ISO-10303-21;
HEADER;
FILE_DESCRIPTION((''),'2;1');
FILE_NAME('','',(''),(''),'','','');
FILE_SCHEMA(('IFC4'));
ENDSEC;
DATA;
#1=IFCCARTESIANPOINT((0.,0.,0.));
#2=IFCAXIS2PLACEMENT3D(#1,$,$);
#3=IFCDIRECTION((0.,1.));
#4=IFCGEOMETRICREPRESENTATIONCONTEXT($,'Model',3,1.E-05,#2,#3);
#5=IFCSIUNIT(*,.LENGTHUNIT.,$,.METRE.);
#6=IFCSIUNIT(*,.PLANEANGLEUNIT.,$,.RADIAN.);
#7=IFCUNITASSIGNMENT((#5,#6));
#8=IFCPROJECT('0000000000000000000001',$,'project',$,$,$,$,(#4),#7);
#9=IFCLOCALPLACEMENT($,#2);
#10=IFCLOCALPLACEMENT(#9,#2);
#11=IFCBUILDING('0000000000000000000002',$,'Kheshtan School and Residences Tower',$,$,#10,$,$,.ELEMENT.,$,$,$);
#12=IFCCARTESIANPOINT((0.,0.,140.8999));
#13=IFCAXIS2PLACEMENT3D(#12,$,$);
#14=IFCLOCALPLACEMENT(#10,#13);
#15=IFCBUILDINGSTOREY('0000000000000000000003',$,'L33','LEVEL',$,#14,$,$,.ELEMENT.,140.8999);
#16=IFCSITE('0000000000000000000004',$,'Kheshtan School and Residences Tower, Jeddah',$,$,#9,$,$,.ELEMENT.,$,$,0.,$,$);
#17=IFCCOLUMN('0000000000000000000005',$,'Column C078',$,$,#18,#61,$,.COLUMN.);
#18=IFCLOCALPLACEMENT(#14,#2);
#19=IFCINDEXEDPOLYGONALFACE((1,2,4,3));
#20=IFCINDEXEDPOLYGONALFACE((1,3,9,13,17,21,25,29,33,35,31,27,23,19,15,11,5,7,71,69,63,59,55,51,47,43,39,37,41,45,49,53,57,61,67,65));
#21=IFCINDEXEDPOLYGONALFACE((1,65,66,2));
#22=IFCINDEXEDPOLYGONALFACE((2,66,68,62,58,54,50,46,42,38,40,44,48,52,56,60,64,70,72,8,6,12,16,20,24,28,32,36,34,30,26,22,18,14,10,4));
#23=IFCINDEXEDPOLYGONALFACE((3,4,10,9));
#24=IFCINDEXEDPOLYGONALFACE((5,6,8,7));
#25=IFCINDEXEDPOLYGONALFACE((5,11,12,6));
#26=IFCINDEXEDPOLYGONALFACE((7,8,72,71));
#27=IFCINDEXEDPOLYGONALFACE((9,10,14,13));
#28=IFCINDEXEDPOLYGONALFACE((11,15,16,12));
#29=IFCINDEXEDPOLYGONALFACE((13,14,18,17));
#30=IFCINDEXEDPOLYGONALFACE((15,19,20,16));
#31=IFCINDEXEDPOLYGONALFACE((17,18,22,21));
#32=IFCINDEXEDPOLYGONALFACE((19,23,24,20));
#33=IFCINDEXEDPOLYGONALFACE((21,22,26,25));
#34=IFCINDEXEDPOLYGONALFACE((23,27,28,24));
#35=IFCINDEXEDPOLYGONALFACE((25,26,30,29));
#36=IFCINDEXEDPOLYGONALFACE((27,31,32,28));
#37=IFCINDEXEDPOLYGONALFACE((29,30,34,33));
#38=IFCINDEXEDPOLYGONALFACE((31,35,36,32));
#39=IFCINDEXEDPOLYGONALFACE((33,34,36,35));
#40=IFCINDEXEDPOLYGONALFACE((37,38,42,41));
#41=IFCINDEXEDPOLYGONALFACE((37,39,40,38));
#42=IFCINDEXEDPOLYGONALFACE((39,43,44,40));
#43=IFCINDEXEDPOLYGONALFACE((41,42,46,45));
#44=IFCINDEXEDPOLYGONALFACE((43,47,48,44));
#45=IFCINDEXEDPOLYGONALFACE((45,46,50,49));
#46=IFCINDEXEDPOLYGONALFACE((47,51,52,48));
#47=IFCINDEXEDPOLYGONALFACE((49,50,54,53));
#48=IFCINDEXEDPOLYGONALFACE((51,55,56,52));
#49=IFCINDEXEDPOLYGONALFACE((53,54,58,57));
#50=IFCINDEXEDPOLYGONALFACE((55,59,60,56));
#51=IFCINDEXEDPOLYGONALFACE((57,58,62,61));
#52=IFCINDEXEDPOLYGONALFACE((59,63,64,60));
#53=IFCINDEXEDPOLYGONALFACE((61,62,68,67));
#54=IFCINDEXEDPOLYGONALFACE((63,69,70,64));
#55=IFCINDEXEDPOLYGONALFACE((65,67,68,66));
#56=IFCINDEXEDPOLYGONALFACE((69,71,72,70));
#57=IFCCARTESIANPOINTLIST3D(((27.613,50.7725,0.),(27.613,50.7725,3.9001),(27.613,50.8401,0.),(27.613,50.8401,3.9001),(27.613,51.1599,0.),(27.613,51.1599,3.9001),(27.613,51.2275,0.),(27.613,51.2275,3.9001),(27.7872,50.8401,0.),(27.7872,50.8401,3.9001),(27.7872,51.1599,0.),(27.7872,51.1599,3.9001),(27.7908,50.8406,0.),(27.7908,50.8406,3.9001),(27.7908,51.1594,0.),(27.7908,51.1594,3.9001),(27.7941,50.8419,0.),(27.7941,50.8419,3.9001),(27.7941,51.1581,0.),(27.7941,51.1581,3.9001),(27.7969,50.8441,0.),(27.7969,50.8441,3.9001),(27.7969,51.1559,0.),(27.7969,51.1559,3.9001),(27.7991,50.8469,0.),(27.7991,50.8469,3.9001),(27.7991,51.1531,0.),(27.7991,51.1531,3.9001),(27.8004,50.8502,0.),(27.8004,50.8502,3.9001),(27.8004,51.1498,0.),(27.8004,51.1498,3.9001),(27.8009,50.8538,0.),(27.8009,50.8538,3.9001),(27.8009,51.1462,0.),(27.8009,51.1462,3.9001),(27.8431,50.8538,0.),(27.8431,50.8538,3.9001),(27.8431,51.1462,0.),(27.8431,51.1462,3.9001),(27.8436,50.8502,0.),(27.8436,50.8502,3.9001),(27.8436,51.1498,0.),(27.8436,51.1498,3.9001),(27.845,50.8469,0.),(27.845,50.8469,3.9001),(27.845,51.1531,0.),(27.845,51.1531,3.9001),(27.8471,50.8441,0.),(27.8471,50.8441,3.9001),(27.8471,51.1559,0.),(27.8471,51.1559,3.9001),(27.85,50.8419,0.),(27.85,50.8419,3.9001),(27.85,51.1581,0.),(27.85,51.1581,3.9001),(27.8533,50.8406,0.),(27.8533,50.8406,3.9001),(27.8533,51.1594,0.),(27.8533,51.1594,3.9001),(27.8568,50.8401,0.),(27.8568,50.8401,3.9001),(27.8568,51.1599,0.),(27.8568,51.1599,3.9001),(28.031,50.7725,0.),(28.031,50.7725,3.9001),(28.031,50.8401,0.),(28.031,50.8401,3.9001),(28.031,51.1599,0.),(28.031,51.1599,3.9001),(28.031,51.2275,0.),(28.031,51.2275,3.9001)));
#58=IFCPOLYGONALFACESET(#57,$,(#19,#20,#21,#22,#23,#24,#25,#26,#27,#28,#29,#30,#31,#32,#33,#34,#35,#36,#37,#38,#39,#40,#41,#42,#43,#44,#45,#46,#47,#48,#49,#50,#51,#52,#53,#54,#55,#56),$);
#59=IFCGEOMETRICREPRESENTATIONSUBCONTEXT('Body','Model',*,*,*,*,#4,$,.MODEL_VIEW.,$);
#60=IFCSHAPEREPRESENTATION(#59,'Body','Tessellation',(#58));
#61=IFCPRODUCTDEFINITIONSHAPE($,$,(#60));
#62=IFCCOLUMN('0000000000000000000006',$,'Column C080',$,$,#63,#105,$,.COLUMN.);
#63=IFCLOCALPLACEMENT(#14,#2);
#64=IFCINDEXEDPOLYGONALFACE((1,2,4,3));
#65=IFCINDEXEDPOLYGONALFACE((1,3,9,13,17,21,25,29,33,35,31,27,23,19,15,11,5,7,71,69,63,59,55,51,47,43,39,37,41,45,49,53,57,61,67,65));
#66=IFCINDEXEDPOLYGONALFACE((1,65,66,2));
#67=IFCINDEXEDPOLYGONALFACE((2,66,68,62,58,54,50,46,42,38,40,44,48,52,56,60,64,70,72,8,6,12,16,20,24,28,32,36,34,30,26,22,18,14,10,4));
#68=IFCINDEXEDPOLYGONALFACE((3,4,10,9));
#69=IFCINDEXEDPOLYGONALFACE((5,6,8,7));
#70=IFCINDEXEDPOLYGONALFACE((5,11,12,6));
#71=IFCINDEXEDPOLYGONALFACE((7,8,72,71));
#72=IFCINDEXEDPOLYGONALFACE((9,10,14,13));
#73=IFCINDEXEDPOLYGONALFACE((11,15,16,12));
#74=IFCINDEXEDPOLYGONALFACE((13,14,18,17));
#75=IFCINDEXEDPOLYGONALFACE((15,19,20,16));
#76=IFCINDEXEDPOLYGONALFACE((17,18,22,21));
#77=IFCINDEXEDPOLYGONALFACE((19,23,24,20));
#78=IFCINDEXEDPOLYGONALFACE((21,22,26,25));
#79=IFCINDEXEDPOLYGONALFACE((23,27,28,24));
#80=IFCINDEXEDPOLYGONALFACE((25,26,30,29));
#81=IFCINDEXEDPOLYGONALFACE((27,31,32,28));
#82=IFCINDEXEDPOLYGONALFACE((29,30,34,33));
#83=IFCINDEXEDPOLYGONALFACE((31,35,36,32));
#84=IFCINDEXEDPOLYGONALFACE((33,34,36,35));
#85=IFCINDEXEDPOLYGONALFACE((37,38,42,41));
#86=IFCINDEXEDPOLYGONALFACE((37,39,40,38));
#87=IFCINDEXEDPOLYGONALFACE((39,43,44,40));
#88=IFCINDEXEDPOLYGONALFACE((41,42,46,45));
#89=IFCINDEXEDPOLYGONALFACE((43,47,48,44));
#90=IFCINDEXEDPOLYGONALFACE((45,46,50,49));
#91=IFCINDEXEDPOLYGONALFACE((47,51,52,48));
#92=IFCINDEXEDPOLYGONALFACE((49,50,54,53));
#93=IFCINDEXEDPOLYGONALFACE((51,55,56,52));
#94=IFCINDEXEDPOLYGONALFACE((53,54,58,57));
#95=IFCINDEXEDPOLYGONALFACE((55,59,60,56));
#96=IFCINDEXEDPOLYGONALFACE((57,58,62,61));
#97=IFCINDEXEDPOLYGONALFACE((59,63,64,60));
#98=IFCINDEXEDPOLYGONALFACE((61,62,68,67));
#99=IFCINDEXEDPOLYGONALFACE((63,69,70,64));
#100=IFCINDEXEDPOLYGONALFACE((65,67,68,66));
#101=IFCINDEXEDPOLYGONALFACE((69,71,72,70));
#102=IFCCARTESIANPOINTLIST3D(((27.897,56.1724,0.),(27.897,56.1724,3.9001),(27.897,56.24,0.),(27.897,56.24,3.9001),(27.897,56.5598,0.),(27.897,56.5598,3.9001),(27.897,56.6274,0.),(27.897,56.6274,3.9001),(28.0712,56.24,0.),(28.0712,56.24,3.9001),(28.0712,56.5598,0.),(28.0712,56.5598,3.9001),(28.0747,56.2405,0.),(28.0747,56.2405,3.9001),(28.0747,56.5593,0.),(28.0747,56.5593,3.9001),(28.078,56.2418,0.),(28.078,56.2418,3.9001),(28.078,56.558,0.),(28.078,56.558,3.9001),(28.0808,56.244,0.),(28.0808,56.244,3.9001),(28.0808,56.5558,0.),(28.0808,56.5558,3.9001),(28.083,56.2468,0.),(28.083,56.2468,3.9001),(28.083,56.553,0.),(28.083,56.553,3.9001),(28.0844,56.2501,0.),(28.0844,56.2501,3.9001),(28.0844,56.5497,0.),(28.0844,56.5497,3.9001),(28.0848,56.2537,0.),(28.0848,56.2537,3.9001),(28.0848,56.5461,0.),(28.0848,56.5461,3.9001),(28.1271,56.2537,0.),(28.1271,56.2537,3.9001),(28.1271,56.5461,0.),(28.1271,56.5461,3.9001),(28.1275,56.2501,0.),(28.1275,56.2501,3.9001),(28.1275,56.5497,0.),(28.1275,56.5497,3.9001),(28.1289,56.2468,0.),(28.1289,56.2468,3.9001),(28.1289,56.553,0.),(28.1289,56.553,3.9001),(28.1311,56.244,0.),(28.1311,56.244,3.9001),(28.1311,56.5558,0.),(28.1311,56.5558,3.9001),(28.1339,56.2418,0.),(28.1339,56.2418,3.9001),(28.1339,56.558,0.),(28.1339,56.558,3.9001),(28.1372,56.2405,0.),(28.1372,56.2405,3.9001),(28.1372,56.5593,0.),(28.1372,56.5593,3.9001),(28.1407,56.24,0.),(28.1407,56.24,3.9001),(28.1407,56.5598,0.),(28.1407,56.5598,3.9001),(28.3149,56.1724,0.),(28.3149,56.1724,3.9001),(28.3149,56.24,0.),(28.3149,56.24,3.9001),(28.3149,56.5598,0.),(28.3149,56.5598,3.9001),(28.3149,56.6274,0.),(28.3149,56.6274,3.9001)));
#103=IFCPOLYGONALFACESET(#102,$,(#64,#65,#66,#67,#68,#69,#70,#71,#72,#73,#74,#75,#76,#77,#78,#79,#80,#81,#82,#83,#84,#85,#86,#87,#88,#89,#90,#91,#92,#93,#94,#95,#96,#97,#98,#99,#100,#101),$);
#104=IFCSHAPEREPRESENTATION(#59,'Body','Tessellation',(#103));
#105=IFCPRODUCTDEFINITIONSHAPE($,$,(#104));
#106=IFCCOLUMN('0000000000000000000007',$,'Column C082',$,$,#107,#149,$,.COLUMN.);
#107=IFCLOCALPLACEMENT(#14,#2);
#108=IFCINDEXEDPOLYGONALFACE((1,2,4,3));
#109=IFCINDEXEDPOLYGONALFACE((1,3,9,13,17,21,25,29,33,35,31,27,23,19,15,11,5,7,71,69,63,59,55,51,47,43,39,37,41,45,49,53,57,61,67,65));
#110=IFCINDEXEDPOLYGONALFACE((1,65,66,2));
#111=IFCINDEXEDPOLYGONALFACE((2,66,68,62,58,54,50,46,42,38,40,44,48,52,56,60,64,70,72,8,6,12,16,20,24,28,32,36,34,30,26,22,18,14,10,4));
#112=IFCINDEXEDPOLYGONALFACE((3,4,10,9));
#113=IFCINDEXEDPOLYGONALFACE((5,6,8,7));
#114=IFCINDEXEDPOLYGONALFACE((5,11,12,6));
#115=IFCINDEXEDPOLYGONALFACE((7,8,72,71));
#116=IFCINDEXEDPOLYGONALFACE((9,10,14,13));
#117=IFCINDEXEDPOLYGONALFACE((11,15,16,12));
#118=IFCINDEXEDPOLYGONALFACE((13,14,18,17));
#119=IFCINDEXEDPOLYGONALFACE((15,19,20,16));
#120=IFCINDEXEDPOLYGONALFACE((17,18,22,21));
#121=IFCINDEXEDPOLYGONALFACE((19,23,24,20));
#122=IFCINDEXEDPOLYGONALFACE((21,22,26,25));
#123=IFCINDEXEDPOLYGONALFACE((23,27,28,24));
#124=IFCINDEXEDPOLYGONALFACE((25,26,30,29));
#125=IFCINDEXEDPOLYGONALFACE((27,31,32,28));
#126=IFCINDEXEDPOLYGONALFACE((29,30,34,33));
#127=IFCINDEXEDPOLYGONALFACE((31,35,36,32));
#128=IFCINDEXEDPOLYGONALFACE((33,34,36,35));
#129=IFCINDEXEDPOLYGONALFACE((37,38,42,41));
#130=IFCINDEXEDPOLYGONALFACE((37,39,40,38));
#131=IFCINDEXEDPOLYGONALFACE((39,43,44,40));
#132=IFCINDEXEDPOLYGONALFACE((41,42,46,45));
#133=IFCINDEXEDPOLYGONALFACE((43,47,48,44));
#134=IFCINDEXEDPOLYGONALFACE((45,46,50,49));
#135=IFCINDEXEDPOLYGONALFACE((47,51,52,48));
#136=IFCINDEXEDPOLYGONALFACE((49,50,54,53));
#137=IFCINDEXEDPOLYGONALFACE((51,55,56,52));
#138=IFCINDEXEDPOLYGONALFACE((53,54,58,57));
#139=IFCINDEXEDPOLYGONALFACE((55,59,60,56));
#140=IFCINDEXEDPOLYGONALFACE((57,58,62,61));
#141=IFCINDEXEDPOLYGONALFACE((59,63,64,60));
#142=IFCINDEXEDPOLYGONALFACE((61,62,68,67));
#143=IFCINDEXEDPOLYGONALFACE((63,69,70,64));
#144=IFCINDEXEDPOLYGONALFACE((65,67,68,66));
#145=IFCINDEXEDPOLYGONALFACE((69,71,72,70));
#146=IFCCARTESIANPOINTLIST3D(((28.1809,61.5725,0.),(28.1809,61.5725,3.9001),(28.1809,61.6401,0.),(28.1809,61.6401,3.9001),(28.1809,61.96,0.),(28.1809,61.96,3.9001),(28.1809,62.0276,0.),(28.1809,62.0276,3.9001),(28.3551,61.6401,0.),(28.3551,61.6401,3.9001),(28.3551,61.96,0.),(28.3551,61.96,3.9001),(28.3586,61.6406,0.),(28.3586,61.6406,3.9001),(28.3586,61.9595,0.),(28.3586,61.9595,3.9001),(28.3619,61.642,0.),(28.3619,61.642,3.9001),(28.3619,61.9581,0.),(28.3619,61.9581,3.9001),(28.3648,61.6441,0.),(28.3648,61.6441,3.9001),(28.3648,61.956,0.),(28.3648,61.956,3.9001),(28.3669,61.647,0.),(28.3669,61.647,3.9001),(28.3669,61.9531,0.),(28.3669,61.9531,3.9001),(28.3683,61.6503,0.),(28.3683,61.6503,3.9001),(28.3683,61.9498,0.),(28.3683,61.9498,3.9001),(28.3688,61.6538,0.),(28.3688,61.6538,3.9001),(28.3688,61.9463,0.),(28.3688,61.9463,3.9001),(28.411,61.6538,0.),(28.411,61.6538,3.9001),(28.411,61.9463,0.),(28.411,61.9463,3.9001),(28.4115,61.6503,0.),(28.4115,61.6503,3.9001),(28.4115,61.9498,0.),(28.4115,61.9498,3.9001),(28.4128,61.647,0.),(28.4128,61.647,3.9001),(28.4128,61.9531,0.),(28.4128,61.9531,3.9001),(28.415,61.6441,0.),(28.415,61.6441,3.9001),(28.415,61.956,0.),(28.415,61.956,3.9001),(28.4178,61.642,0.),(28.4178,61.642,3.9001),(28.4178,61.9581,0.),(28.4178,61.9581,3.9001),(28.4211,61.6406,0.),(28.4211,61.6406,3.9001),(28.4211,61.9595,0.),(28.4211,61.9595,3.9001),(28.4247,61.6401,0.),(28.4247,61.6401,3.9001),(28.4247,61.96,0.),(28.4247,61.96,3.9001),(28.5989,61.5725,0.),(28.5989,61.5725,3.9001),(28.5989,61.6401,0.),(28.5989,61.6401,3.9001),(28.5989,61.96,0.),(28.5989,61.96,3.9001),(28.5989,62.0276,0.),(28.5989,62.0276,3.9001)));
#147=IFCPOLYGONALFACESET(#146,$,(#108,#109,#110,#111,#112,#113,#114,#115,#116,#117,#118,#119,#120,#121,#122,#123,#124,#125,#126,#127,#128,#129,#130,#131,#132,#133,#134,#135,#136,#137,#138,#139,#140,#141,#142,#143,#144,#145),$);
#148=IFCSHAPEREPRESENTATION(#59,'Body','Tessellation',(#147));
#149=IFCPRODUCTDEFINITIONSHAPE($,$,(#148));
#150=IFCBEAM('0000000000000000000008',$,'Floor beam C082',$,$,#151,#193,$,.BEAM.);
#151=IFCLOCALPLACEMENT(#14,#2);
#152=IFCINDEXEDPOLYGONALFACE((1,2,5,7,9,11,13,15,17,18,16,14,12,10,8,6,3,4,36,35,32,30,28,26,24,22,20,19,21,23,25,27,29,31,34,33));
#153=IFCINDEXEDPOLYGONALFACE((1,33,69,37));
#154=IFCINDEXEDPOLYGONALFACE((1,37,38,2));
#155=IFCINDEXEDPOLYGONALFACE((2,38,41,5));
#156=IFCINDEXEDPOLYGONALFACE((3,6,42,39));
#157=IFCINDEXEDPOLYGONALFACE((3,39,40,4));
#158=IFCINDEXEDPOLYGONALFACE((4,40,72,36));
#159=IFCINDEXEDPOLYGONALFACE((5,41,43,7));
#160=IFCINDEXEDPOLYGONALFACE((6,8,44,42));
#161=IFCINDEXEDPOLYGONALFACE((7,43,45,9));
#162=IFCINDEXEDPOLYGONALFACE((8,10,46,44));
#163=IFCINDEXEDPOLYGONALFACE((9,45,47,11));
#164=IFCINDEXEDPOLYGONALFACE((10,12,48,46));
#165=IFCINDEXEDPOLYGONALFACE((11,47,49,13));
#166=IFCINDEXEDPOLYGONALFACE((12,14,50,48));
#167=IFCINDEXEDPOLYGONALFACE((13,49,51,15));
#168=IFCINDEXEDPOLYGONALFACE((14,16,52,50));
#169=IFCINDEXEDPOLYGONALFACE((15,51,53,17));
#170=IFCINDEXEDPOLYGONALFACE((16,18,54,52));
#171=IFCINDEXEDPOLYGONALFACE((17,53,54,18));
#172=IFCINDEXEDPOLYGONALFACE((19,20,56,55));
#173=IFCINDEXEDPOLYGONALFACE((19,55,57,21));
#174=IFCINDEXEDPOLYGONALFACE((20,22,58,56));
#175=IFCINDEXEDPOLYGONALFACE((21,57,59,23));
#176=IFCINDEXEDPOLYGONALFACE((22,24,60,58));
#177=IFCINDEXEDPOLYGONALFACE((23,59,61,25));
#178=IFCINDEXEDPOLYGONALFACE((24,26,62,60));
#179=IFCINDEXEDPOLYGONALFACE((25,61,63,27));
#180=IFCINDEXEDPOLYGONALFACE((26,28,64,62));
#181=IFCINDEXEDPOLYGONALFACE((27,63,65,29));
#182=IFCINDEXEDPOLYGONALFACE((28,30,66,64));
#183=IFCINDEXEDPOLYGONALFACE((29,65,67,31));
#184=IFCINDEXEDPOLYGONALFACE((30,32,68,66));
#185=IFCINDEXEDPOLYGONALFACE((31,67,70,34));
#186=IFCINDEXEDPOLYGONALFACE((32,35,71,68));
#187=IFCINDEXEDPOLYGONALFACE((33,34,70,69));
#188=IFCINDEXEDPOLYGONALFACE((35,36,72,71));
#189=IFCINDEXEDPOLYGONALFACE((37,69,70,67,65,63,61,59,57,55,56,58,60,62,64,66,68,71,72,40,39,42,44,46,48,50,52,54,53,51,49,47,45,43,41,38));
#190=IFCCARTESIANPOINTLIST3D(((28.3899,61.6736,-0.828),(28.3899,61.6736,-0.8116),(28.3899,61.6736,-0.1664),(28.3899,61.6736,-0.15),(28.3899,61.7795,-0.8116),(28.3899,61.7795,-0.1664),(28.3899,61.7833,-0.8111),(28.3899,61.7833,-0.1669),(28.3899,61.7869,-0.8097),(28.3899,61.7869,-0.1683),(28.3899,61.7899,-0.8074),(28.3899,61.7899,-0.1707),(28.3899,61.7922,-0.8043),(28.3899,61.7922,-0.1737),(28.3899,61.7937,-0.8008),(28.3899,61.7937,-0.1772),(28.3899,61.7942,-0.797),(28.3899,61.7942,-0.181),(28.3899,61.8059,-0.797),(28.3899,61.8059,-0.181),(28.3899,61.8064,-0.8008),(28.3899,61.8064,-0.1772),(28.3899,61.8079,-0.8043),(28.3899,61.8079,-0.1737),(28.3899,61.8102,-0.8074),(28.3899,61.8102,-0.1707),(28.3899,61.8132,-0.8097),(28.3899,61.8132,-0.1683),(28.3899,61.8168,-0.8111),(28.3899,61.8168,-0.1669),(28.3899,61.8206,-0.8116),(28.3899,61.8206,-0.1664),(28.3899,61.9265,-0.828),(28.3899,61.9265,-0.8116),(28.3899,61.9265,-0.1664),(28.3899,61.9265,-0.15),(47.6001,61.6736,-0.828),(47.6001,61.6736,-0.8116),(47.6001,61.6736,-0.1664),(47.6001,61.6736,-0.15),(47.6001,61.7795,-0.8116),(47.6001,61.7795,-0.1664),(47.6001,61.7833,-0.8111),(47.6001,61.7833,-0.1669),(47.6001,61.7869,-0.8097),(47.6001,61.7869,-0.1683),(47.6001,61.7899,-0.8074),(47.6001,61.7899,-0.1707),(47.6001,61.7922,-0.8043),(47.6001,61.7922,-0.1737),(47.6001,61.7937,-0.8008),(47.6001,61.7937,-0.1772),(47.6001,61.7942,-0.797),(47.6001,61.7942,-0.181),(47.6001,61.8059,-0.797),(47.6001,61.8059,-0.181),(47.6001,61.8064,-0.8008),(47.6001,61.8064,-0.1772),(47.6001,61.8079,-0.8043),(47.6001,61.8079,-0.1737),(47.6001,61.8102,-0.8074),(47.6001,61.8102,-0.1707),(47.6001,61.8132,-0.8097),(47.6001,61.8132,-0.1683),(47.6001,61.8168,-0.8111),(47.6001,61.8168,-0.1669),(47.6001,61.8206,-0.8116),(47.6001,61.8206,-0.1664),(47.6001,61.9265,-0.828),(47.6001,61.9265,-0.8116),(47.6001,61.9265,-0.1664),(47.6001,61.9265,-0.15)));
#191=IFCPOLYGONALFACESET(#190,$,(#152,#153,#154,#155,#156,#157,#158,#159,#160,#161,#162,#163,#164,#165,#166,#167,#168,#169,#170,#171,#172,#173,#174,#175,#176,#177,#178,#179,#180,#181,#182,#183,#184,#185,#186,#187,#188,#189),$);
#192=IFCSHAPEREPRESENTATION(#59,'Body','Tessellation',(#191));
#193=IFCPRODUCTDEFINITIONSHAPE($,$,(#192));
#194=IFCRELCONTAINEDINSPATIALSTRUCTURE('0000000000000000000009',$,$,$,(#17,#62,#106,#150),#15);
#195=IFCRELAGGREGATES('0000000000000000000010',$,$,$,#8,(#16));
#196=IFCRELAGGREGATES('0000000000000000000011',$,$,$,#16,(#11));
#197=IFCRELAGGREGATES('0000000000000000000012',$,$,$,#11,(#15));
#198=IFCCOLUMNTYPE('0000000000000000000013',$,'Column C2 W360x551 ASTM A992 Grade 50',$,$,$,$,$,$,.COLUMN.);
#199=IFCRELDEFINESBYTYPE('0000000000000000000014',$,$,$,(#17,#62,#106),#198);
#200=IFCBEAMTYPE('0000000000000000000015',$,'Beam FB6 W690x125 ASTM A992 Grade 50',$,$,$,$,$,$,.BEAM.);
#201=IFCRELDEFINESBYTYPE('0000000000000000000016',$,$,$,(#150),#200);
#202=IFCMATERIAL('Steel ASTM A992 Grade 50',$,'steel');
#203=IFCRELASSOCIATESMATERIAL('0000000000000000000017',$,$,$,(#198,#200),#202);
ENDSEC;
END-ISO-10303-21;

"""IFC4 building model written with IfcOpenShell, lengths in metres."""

from ifc_helpers import new_model, si_unit, direction, frame, origin, origin_2d, place, context, subcontext, project, spatial, i_section, extrude, material, material_profile, profile_set, type_object, element, save


model = new_model("IFC4")

# Units and contexts
model_context = context("Model", 3, precision=1e-05, world=origin(), true_north=direction((0.0, 1.0)))
body_context = subcontext(model_context, "Body", "Model", "MODEL_VIEW")
ifc_project = project(units=[si_unit("LENGTHUNIT", "METRE"), si_unit("PLANEANGLEUNIT", "RADIAN")], contexts=[model_context])

# Site, building, storey
site_placement = place(None, origin())
site = spatial("IfcSite", under=ifc_project, at=site_placement, Name="Kheshtan School and Residences Tower, Jeddah", CompositionType="ELEMENT", RefElevation=0.0)
building_placement = place(site_placement, origin())
building = spatial("IfcBuilding", under=site, at=building_placement, Name="Kheshtan School and Residences Tower", CompositionType="ELEMENT")
storey_placement = place(building_placement, frame((0.0, 0.0, 140.8999)))
storey = spatial("IfcBuildingStorey", under=building, at=storey_placement, Name="L33", Description="LEVEL", CompositionType="ELEMENT", Elevation=140.8999)

# Columns
ifc_material_1 = material(Name="Steel ASTM A992 Grade 50", Category="steel")
ifc_material_profile_1 = material_profile(ifc_material_1, i_section(OverallWidth=0.418, OverallDepth=0.4551, WebThickness=0.0422, FlangeThickness=0.0676, FilletRadius=0.0137, at=origin_2d()), Name="W360x551")
ifc_profile_set_1 = profile_set([ifc_material_profile_1], Name="Steel ASTM A992 Grade 50")
column_type = type_object("IfcColumnType", Name="Column C2 W360x551 ASTM A992 Grade 50", PredefinedType="COLUMN", material=ifc_profile_set_1)
for number, where, z_axis, x_axis, name in (
    (1, (27.822, 51.0, 0.0), (0.0, 0.0, 1.0), (1.0, 0.0, 0.0), "Column C078"),
    (2, (28.106, 56.3999, 0.0), (0.0, 0.0, 1.0), (1.0, 0.0, 0.0), "Column C080"),
    (3, (28.3899, 61.8, 0.0), (0.0, 0.0, 1.0), (1.0, 0.0, 0.0), "Column C082"),
):
    element("IfcColumn", number, at=place(storey_placement, frame(where, z_axis=z_axis, x_axis=x_axis)), inside=storey, type_object=column_type, Name=name, PredefinedType="COLUMN", context=body_context, shape_type="SweptSolid", body=[
        extrude(i_section(OverallWidth=0.418, OverallDepth=0.4551, WebThickness=0.0422, FlangeThickness=0.0676, FilletRadius=0.0137, at=origin_2d()), origin(), (0.0, 0.0, 1.0), 3.9001),
    ])

# Beam
ifc_material_profile_2 = material_profile(ifc_material_1, i_section(OverallWidth=0.2529, OverallDepth=0.678, WebThickness=0.0117, FlangeThickness=0.0164, FilletRadius=0.0146, at=origin_2d()), Name="W690x125")
ifc_profile_set_2 = profile_set([ifc_material_profile_2], Name="Steel ASTM A992 Grade 50")
beam_type_1 = type_object("IfcBeamType", Name="Beam FB6 W690x125 ASTM A992 Grade 50", PredefinedType="BEAM", material=ifc_profile_set_2)
beam_1_placement = place(storey_placement, frame((28.3899, 61.8, -0.489), z_axis=(1.0, 0.0, 0.0), x_axis=(0.0, 1.0, 0.0)))
element("IfcBeam", 4, at=beam_1_placement, inside=storey, type_object=beam_type_1, Name="Floor beam C082", PredefinedType="BEAM", context=body_context, shape_type="SweptSolid", body=[
    extrude(i_section(OverallWidth=0.2529, OverallDepth=0.678, WebThickness=0.0117, FlangeThickness=0.0164, FilletRadius=0.0146, at=origin_2d()), origin(), (0.0, 0.0, 1.0), 19.2102),
])

save(model, "model.ifc")
